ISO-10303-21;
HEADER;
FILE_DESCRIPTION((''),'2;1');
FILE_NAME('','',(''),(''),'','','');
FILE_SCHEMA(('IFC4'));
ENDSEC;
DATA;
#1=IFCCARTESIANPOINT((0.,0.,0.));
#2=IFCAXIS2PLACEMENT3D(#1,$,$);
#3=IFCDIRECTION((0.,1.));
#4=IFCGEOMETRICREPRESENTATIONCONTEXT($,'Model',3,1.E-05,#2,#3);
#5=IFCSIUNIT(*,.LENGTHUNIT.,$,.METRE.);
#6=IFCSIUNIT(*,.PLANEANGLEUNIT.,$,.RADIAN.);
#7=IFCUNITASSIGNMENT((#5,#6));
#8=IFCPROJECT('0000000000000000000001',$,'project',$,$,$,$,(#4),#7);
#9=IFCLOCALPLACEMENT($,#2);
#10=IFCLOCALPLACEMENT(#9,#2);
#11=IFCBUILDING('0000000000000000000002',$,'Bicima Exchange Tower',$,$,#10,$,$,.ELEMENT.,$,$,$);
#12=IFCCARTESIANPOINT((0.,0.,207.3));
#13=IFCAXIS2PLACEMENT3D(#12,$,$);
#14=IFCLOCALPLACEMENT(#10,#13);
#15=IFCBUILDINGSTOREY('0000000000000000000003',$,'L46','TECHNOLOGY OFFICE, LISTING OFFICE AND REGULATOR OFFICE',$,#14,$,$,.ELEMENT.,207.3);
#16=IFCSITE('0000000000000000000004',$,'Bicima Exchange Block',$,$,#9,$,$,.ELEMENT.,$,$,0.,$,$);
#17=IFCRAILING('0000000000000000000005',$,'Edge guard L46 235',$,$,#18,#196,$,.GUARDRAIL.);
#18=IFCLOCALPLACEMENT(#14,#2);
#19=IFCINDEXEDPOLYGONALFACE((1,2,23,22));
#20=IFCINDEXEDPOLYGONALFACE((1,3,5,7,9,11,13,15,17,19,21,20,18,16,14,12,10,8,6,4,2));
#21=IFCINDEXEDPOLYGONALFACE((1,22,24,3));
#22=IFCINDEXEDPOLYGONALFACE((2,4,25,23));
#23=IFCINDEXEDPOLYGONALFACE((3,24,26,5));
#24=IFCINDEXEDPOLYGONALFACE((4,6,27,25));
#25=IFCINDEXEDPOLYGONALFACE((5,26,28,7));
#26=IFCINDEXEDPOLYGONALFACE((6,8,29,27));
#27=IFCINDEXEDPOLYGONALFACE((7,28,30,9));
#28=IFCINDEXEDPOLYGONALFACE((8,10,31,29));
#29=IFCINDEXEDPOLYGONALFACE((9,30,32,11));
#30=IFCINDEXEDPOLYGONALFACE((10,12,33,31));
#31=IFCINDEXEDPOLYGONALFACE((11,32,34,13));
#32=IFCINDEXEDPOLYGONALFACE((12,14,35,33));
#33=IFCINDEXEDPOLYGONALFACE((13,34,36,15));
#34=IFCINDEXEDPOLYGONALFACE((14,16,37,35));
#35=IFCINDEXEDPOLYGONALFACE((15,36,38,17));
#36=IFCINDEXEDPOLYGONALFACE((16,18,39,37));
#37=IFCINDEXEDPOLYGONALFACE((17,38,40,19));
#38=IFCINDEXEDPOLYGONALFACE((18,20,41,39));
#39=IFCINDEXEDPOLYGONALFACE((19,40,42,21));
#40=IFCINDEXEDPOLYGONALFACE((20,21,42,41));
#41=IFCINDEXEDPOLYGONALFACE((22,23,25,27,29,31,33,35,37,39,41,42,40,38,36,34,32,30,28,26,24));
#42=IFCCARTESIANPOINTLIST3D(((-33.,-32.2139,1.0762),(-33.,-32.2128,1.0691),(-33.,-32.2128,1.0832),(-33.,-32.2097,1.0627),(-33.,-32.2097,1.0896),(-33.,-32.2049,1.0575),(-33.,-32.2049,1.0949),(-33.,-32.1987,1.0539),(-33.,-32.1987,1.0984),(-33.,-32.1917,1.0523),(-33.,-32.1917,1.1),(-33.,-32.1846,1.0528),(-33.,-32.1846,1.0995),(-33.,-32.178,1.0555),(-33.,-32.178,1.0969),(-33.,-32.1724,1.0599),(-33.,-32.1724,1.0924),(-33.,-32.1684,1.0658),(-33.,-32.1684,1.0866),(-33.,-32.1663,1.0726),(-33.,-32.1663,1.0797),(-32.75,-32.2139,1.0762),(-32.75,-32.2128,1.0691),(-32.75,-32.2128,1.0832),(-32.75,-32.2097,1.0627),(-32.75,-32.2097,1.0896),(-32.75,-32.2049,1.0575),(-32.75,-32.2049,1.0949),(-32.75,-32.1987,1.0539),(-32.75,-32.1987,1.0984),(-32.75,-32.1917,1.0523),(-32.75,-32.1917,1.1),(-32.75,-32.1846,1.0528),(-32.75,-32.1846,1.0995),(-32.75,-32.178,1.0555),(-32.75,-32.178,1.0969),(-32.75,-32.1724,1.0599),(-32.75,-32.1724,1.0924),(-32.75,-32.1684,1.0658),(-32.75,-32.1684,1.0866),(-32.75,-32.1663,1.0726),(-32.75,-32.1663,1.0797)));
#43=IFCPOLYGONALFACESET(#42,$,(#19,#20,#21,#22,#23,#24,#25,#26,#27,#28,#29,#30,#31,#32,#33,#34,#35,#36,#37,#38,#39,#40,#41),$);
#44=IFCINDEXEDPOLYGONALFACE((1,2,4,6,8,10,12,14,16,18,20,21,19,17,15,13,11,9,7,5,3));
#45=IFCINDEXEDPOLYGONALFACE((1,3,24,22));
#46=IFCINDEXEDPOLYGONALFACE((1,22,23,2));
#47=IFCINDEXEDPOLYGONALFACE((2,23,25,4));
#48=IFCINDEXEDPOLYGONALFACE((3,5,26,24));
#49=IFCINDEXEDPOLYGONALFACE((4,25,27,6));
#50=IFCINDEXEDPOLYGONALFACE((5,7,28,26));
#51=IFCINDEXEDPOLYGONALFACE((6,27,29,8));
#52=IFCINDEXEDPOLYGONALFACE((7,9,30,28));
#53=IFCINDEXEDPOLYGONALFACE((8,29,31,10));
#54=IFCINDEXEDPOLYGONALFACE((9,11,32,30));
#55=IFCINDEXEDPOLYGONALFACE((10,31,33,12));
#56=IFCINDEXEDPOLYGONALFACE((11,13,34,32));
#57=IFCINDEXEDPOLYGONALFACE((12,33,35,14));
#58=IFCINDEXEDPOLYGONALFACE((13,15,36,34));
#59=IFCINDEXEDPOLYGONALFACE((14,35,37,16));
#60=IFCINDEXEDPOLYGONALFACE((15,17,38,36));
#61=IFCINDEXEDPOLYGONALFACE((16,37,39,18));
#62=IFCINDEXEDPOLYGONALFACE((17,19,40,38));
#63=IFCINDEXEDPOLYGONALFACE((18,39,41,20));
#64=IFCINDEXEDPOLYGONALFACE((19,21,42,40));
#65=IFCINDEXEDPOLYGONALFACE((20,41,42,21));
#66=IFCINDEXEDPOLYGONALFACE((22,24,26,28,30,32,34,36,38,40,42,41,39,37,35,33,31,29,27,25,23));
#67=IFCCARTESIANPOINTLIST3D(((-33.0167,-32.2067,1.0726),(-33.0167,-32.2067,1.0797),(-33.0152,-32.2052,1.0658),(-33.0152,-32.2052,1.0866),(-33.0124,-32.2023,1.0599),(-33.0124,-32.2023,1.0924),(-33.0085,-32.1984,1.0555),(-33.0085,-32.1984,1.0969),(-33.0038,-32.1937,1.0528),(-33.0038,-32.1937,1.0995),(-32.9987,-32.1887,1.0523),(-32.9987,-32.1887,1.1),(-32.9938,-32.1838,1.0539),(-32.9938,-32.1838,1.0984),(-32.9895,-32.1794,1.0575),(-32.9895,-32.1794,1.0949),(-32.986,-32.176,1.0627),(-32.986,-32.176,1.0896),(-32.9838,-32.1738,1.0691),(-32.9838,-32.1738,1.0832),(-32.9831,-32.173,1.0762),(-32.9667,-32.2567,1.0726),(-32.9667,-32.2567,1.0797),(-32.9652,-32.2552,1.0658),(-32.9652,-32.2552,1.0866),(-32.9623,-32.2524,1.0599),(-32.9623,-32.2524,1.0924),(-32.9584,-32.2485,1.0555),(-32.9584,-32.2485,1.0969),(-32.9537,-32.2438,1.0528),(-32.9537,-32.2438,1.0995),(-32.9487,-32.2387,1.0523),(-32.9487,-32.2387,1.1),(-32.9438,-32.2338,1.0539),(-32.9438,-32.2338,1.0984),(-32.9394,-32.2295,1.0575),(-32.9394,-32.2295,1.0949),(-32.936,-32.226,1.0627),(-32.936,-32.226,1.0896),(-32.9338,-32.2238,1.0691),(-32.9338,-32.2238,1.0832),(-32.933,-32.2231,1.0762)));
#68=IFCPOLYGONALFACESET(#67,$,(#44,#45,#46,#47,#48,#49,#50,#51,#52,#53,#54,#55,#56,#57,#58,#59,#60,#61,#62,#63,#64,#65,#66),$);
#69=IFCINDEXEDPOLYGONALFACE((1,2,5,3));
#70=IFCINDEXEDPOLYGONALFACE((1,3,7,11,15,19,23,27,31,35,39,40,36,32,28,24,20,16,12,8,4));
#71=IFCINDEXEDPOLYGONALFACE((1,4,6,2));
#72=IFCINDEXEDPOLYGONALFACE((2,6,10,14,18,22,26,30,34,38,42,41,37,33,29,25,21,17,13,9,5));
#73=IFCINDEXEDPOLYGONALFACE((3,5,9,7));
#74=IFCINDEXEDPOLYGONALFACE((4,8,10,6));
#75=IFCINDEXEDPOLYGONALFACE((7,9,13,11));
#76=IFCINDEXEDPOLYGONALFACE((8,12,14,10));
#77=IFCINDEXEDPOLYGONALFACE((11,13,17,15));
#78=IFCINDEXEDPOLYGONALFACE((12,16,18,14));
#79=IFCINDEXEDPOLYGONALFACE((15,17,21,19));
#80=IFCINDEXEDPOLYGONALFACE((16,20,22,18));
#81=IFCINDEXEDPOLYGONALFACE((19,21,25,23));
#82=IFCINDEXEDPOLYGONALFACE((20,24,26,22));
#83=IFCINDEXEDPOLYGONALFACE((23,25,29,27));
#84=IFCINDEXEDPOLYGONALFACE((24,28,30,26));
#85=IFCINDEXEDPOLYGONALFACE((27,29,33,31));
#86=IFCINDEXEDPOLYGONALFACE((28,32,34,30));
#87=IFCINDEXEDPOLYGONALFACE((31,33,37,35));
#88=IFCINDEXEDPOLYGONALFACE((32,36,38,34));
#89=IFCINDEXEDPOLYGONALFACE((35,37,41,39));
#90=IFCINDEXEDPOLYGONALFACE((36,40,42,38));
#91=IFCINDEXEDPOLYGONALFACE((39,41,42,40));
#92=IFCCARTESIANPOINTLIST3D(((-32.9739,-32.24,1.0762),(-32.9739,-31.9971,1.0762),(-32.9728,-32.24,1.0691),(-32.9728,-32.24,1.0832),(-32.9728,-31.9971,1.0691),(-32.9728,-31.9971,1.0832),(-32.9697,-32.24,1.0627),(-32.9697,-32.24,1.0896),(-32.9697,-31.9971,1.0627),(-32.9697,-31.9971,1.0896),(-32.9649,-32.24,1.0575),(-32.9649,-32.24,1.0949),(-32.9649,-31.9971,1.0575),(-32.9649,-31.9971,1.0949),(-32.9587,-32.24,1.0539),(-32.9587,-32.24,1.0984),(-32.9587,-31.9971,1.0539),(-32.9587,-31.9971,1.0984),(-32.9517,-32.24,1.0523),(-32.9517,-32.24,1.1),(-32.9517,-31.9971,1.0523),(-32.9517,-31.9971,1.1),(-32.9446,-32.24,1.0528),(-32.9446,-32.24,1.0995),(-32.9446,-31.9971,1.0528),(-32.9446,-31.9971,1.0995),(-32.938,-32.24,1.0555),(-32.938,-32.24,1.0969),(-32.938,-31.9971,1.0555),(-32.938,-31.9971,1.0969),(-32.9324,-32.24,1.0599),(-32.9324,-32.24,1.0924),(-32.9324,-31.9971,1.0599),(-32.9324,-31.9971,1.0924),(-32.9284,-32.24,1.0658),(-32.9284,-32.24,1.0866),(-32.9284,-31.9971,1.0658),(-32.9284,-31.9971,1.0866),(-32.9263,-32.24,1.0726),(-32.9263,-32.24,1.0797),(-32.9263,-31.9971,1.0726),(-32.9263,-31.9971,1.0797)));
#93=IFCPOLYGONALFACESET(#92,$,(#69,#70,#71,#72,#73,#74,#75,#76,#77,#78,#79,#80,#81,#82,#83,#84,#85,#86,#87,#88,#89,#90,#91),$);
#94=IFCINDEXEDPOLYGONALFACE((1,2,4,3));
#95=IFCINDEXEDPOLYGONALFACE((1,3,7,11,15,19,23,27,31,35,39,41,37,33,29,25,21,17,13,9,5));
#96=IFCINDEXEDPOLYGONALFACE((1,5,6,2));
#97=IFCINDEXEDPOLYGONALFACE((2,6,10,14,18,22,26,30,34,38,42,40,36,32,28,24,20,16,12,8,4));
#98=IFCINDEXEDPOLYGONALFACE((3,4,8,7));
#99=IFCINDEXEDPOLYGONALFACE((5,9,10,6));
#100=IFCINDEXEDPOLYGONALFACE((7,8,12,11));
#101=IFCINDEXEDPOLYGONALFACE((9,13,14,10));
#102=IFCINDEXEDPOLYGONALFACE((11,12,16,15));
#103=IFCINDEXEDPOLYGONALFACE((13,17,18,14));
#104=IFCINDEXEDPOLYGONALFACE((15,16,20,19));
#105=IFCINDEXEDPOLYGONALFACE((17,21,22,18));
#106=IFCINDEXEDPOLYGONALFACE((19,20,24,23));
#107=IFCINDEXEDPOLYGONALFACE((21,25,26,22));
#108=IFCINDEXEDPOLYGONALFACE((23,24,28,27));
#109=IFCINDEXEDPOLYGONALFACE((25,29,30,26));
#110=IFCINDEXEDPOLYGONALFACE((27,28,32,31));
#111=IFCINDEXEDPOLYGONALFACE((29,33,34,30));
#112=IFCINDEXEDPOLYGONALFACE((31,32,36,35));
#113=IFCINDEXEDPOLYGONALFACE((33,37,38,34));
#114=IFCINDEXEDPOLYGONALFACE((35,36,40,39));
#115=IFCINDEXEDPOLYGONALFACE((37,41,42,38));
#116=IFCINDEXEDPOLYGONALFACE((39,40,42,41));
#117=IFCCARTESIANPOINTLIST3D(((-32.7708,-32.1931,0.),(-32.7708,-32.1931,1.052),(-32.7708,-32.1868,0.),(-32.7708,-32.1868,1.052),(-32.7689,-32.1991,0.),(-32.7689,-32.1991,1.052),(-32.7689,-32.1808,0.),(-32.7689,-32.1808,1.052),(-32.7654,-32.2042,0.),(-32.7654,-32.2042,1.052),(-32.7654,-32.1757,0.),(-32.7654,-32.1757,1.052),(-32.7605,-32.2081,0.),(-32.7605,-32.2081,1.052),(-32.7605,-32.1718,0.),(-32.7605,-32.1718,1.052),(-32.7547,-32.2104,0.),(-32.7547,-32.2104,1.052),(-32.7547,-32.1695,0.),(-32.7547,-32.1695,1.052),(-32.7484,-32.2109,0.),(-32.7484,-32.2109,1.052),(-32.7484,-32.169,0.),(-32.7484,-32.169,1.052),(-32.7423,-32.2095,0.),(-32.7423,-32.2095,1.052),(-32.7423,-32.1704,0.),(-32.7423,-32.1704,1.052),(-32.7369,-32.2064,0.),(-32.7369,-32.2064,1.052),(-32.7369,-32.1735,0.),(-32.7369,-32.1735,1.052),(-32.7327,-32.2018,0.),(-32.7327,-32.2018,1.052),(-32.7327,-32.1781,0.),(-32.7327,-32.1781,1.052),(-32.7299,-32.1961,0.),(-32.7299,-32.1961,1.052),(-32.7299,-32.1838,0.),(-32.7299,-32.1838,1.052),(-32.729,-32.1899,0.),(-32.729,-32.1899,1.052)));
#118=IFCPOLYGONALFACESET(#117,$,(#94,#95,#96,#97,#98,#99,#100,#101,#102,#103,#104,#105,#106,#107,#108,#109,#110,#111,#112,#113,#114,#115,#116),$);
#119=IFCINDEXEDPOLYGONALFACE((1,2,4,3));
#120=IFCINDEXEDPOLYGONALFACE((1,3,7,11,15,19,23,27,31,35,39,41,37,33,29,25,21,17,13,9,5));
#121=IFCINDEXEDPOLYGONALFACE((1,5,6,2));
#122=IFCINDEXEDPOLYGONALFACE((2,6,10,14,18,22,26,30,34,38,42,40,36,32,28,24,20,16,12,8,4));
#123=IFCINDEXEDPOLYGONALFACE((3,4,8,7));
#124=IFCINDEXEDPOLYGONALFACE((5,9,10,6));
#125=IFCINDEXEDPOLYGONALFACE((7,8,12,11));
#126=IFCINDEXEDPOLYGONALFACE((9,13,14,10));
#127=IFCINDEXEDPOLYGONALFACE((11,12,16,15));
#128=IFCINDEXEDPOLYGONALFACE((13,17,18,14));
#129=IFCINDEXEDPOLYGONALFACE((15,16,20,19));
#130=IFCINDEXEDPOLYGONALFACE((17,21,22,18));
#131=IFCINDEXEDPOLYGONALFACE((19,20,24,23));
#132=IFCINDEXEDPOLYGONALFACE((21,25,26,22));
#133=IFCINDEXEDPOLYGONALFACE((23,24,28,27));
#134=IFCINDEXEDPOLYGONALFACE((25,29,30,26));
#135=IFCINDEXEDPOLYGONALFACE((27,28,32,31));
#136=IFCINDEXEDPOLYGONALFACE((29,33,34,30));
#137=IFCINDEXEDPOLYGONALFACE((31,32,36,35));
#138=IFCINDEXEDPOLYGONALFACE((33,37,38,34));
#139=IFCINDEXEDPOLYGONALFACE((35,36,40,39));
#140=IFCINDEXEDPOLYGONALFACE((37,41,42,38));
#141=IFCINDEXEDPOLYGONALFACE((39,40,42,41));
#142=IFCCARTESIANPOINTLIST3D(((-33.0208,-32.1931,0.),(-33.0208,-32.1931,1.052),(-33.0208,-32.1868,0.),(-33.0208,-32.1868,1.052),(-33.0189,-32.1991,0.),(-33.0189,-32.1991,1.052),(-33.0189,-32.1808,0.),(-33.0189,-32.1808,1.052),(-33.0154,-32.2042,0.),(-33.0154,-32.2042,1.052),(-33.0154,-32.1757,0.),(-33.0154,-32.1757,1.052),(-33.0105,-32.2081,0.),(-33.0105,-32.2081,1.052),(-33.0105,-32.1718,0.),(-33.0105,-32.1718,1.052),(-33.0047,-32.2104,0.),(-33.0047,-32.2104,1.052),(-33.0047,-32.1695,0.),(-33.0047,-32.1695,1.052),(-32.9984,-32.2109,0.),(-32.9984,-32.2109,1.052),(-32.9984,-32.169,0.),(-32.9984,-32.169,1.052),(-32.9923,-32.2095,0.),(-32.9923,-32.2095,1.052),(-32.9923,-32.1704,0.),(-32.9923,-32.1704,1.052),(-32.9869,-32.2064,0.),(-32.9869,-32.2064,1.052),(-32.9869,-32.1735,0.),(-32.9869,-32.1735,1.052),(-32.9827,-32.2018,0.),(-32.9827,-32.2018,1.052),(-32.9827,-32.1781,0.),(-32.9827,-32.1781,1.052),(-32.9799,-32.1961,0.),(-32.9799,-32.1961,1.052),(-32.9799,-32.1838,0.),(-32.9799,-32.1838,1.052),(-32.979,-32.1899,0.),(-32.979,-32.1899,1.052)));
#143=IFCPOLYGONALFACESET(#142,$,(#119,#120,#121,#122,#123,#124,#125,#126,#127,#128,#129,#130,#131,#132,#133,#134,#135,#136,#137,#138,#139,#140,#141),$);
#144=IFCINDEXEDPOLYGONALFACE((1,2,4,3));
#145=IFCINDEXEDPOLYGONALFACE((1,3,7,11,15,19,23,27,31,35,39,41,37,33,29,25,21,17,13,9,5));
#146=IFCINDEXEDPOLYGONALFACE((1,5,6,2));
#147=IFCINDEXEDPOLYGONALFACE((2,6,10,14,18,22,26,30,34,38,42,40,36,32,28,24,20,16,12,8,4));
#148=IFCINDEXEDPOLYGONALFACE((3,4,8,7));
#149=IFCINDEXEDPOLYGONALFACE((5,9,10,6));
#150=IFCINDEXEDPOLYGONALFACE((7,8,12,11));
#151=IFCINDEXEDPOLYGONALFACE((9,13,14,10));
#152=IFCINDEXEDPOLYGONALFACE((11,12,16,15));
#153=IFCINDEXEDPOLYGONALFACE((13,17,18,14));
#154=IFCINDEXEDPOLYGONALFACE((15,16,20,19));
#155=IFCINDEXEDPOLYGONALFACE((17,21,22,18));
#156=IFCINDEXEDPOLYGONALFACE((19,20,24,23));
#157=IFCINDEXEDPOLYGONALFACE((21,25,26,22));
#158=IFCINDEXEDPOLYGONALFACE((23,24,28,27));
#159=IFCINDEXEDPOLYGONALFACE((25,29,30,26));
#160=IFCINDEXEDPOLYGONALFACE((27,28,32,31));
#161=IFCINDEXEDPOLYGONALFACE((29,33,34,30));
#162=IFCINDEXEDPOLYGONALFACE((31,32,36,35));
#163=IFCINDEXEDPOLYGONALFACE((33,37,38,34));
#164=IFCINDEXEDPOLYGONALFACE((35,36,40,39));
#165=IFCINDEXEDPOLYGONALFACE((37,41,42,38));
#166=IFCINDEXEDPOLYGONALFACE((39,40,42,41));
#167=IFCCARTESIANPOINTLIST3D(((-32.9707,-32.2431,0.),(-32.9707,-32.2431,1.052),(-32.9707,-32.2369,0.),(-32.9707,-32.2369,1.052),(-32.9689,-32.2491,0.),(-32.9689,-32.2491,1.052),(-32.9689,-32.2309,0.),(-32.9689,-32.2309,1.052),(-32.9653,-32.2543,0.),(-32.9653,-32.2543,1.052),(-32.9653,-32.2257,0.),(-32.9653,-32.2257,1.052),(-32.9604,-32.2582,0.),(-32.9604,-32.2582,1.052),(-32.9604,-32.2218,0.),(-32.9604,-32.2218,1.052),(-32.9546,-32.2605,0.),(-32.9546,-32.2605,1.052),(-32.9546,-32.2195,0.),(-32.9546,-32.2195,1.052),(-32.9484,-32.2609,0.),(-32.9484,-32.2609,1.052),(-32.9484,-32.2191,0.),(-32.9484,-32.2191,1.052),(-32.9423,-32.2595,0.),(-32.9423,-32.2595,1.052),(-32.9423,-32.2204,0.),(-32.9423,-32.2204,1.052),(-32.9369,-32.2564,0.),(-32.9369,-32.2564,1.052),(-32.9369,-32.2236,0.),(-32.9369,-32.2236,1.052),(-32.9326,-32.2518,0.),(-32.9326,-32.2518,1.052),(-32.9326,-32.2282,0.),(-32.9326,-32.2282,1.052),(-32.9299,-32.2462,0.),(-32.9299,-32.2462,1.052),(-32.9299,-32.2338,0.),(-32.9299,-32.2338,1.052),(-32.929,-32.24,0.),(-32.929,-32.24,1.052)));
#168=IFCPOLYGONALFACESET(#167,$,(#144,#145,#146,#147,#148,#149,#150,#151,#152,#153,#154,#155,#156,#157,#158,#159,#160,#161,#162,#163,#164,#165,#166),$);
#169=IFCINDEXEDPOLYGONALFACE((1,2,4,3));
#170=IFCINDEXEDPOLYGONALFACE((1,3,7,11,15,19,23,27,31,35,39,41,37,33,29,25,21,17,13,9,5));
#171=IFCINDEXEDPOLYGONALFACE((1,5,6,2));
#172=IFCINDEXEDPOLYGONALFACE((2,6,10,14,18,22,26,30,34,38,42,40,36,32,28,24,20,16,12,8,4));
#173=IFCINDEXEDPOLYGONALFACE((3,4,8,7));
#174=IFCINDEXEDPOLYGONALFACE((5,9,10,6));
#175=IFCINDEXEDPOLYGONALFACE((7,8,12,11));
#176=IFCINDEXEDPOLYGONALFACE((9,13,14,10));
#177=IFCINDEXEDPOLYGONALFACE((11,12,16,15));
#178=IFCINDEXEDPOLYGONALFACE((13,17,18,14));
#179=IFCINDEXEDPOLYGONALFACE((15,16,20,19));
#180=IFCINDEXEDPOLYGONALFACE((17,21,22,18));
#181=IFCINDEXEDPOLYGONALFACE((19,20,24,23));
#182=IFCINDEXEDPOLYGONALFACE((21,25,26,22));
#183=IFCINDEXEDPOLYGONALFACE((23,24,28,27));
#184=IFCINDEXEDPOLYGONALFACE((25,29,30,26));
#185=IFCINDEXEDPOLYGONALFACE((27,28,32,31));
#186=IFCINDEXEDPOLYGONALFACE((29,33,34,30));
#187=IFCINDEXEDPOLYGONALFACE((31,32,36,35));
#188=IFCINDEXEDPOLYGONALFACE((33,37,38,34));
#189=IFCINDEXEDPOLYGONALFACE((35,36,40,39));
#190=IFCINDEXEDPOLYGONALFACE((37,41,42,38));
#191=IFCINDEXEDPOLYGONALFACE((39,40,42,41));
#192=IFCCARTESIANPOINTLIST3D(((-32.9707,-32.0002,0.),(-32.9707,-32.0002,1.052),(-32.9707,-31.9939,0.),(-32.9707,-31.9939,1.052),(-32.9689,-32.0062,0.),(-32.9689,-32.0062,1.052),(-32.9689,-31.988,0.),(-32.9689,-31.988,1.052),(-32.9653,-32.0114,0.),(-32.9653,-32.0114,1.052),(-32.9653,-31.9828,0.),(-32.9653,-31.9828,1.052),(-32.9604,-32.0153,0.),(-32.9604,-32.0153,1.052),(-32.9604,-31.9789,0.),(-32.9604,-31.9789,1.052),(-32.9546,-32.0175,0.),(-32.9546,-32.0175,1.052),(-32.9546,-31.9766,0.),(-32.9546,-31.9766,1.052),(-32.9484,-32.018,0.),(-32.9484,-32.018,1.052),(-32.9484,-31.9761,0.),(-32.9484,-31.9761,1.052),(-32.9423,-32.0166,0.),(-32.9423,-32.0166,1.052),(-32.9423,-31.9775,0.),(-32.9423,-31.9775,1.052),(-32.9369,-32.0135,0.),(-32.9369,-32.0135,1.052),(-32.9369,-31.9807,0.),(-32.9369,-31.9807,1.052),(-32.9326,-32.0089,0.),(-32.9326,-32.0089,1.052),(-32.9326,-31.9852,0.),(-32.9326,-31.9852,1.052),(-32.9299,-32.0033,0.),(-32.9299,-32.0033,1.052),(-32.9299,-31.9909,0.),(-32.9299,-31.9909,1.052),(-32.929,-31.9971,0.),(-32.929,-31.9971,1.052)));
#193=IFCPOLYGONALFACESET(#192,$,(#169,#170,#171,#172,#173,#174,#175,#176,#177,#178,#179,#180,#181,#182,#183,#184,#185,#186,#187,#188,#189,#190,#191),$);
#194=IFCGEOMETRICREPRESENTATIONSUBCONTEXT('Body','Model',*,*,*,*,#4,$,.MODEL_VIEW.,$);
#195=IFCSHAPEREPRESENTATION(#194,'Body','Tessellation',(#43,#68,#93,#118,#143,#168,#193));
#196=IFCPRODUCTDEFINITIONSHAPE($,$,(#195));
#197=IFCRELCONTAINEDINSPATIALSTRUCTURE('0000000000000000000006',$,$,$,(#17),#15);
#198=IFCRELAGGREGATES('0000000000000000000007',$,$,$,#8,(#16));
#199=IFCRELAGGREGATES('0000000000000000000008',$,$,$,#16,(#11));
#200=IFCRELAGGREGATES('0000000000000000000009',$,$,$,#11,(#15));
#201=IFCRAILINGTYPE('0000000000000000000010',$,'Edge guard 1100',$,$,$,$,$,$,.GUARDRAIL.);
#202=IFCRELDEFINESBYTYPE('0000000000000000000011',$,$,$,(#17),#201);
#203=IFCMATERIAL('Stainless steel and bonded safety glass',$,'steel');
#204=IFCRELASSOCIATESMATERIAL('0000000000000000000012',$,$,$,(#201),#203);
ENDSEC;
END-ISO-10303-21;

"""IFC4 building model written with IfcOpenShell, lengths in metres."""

from ifc_helpers import new_model, si_unit, direction, frame, origin, origin_2d, place, context, subcontext, project, spatial, circle, extrude, material, type_object, element, save


model = new_model("IFC4")

# Units and contexts
model_context = context("Model", 3, precision=1e-05, world=origin(), true_north=direction((0.0, 1.0)))
body_context = subcontext(model_context, "Body", "Model", "MODEL_VIEW")
ifc_project = project(units=[si_unit("LENGTHUNIT", "METRE"), si_unit("PLANEANGLEUNIT", "RADIAN")], contexts=[model_context])

# Site, building, storey
site_placement = place(None, origin())
site = spatial("IfcSite", under=ifc_project, at=site_placement, Name="Bicima Exchange Block", CompositionType="ELEMENT", RefElevation=0.0)
building_placement = place(site_placement, origin())
building = spatial("IfcBuilding", under=site, at=building_placement, Name="Bicima Exchange Tower", CompositionType="ELEMENT")
storey_placement = place(building_placement, frame((0.0, 0.0, 207.3)))
storey = spatial("IfcBuildingStorey", under=building, at=storey_placement, Name="L46", Description="TECHNOLOGY OFFICE, LISTING OFFICE AND REGULATOR OFFICE", CompositionType="ELEMENT", Elevation=207.3)

# Railing
ifc_material_1 = material(Name="Stainless steel and bonded safety glass", Category="steel")
railing_type = type_object("IfcRailingType", Name="Edge guard 1100", PredefinedType="GUARDRAIL", material=ifc_material_1)
railing_1_placement = place(storey_placement, frame((-32.75, -32.1899, 0.0)))
element("IfcRailing", 1, at=railing_1_placement, inside=storey, type_object=railing_type, Name="Edge guard L46 235", PredefinedType="GUARDRAIL", context=body_context, shape_type="SweptSolid", body=[
    extrude(circle(Radius=0.0239, at=origin_2d()), frame((0.0, 0.0, 1.0762), z_axis=(-1.0, 0.0, 0.0), x_axis=(0.0, -1.0, 0.0)), (0.0, 0.0, 1.0), 0.25),
    extrude(circle(Radius=0.0239, at=origin_2d()), frame((-0.25, 0.0, 1.0762), z_axis=(0.707107, -0.707107, 0.0), x_axis=(0.707107, 0.707107, 0.0)), (0.0, 0.0, 1.0), 0.0708),
    extrude(circle(Radius=0.0239, at=origin_2d()), frame((-0.2, -0.05, 1.0762), z_axis=(0.0, 1.0, 0.0), x_axis=(-1.0, 0.0, 0.0)), (0.0, 0.0, 1.0), 0.2429),
    extrude(circle(Radius=0.021, at=origin_2d()), origin(), (0.0, 0.0, 1.0), 1.052),
    extrude(circle(Radius=0.021, at=origin_2d()), frame((-0.25, 0.0, 0.0)), (0.0, 0.0, 1.0), 1.052),
    extrude(circle(Radius=0.021, at=origin_2d()), frame((-0.2, -0.05, 0.0)), (0.0, 0.0, 1.0), 1.052),
    extrude(circle(Radius=0.021, at=origin_2d()), frame((-0.2, 0.1929, 0.0)), (0.0, 0.0, 1.0), 1.052),
])

save(model, "model.ifc")
